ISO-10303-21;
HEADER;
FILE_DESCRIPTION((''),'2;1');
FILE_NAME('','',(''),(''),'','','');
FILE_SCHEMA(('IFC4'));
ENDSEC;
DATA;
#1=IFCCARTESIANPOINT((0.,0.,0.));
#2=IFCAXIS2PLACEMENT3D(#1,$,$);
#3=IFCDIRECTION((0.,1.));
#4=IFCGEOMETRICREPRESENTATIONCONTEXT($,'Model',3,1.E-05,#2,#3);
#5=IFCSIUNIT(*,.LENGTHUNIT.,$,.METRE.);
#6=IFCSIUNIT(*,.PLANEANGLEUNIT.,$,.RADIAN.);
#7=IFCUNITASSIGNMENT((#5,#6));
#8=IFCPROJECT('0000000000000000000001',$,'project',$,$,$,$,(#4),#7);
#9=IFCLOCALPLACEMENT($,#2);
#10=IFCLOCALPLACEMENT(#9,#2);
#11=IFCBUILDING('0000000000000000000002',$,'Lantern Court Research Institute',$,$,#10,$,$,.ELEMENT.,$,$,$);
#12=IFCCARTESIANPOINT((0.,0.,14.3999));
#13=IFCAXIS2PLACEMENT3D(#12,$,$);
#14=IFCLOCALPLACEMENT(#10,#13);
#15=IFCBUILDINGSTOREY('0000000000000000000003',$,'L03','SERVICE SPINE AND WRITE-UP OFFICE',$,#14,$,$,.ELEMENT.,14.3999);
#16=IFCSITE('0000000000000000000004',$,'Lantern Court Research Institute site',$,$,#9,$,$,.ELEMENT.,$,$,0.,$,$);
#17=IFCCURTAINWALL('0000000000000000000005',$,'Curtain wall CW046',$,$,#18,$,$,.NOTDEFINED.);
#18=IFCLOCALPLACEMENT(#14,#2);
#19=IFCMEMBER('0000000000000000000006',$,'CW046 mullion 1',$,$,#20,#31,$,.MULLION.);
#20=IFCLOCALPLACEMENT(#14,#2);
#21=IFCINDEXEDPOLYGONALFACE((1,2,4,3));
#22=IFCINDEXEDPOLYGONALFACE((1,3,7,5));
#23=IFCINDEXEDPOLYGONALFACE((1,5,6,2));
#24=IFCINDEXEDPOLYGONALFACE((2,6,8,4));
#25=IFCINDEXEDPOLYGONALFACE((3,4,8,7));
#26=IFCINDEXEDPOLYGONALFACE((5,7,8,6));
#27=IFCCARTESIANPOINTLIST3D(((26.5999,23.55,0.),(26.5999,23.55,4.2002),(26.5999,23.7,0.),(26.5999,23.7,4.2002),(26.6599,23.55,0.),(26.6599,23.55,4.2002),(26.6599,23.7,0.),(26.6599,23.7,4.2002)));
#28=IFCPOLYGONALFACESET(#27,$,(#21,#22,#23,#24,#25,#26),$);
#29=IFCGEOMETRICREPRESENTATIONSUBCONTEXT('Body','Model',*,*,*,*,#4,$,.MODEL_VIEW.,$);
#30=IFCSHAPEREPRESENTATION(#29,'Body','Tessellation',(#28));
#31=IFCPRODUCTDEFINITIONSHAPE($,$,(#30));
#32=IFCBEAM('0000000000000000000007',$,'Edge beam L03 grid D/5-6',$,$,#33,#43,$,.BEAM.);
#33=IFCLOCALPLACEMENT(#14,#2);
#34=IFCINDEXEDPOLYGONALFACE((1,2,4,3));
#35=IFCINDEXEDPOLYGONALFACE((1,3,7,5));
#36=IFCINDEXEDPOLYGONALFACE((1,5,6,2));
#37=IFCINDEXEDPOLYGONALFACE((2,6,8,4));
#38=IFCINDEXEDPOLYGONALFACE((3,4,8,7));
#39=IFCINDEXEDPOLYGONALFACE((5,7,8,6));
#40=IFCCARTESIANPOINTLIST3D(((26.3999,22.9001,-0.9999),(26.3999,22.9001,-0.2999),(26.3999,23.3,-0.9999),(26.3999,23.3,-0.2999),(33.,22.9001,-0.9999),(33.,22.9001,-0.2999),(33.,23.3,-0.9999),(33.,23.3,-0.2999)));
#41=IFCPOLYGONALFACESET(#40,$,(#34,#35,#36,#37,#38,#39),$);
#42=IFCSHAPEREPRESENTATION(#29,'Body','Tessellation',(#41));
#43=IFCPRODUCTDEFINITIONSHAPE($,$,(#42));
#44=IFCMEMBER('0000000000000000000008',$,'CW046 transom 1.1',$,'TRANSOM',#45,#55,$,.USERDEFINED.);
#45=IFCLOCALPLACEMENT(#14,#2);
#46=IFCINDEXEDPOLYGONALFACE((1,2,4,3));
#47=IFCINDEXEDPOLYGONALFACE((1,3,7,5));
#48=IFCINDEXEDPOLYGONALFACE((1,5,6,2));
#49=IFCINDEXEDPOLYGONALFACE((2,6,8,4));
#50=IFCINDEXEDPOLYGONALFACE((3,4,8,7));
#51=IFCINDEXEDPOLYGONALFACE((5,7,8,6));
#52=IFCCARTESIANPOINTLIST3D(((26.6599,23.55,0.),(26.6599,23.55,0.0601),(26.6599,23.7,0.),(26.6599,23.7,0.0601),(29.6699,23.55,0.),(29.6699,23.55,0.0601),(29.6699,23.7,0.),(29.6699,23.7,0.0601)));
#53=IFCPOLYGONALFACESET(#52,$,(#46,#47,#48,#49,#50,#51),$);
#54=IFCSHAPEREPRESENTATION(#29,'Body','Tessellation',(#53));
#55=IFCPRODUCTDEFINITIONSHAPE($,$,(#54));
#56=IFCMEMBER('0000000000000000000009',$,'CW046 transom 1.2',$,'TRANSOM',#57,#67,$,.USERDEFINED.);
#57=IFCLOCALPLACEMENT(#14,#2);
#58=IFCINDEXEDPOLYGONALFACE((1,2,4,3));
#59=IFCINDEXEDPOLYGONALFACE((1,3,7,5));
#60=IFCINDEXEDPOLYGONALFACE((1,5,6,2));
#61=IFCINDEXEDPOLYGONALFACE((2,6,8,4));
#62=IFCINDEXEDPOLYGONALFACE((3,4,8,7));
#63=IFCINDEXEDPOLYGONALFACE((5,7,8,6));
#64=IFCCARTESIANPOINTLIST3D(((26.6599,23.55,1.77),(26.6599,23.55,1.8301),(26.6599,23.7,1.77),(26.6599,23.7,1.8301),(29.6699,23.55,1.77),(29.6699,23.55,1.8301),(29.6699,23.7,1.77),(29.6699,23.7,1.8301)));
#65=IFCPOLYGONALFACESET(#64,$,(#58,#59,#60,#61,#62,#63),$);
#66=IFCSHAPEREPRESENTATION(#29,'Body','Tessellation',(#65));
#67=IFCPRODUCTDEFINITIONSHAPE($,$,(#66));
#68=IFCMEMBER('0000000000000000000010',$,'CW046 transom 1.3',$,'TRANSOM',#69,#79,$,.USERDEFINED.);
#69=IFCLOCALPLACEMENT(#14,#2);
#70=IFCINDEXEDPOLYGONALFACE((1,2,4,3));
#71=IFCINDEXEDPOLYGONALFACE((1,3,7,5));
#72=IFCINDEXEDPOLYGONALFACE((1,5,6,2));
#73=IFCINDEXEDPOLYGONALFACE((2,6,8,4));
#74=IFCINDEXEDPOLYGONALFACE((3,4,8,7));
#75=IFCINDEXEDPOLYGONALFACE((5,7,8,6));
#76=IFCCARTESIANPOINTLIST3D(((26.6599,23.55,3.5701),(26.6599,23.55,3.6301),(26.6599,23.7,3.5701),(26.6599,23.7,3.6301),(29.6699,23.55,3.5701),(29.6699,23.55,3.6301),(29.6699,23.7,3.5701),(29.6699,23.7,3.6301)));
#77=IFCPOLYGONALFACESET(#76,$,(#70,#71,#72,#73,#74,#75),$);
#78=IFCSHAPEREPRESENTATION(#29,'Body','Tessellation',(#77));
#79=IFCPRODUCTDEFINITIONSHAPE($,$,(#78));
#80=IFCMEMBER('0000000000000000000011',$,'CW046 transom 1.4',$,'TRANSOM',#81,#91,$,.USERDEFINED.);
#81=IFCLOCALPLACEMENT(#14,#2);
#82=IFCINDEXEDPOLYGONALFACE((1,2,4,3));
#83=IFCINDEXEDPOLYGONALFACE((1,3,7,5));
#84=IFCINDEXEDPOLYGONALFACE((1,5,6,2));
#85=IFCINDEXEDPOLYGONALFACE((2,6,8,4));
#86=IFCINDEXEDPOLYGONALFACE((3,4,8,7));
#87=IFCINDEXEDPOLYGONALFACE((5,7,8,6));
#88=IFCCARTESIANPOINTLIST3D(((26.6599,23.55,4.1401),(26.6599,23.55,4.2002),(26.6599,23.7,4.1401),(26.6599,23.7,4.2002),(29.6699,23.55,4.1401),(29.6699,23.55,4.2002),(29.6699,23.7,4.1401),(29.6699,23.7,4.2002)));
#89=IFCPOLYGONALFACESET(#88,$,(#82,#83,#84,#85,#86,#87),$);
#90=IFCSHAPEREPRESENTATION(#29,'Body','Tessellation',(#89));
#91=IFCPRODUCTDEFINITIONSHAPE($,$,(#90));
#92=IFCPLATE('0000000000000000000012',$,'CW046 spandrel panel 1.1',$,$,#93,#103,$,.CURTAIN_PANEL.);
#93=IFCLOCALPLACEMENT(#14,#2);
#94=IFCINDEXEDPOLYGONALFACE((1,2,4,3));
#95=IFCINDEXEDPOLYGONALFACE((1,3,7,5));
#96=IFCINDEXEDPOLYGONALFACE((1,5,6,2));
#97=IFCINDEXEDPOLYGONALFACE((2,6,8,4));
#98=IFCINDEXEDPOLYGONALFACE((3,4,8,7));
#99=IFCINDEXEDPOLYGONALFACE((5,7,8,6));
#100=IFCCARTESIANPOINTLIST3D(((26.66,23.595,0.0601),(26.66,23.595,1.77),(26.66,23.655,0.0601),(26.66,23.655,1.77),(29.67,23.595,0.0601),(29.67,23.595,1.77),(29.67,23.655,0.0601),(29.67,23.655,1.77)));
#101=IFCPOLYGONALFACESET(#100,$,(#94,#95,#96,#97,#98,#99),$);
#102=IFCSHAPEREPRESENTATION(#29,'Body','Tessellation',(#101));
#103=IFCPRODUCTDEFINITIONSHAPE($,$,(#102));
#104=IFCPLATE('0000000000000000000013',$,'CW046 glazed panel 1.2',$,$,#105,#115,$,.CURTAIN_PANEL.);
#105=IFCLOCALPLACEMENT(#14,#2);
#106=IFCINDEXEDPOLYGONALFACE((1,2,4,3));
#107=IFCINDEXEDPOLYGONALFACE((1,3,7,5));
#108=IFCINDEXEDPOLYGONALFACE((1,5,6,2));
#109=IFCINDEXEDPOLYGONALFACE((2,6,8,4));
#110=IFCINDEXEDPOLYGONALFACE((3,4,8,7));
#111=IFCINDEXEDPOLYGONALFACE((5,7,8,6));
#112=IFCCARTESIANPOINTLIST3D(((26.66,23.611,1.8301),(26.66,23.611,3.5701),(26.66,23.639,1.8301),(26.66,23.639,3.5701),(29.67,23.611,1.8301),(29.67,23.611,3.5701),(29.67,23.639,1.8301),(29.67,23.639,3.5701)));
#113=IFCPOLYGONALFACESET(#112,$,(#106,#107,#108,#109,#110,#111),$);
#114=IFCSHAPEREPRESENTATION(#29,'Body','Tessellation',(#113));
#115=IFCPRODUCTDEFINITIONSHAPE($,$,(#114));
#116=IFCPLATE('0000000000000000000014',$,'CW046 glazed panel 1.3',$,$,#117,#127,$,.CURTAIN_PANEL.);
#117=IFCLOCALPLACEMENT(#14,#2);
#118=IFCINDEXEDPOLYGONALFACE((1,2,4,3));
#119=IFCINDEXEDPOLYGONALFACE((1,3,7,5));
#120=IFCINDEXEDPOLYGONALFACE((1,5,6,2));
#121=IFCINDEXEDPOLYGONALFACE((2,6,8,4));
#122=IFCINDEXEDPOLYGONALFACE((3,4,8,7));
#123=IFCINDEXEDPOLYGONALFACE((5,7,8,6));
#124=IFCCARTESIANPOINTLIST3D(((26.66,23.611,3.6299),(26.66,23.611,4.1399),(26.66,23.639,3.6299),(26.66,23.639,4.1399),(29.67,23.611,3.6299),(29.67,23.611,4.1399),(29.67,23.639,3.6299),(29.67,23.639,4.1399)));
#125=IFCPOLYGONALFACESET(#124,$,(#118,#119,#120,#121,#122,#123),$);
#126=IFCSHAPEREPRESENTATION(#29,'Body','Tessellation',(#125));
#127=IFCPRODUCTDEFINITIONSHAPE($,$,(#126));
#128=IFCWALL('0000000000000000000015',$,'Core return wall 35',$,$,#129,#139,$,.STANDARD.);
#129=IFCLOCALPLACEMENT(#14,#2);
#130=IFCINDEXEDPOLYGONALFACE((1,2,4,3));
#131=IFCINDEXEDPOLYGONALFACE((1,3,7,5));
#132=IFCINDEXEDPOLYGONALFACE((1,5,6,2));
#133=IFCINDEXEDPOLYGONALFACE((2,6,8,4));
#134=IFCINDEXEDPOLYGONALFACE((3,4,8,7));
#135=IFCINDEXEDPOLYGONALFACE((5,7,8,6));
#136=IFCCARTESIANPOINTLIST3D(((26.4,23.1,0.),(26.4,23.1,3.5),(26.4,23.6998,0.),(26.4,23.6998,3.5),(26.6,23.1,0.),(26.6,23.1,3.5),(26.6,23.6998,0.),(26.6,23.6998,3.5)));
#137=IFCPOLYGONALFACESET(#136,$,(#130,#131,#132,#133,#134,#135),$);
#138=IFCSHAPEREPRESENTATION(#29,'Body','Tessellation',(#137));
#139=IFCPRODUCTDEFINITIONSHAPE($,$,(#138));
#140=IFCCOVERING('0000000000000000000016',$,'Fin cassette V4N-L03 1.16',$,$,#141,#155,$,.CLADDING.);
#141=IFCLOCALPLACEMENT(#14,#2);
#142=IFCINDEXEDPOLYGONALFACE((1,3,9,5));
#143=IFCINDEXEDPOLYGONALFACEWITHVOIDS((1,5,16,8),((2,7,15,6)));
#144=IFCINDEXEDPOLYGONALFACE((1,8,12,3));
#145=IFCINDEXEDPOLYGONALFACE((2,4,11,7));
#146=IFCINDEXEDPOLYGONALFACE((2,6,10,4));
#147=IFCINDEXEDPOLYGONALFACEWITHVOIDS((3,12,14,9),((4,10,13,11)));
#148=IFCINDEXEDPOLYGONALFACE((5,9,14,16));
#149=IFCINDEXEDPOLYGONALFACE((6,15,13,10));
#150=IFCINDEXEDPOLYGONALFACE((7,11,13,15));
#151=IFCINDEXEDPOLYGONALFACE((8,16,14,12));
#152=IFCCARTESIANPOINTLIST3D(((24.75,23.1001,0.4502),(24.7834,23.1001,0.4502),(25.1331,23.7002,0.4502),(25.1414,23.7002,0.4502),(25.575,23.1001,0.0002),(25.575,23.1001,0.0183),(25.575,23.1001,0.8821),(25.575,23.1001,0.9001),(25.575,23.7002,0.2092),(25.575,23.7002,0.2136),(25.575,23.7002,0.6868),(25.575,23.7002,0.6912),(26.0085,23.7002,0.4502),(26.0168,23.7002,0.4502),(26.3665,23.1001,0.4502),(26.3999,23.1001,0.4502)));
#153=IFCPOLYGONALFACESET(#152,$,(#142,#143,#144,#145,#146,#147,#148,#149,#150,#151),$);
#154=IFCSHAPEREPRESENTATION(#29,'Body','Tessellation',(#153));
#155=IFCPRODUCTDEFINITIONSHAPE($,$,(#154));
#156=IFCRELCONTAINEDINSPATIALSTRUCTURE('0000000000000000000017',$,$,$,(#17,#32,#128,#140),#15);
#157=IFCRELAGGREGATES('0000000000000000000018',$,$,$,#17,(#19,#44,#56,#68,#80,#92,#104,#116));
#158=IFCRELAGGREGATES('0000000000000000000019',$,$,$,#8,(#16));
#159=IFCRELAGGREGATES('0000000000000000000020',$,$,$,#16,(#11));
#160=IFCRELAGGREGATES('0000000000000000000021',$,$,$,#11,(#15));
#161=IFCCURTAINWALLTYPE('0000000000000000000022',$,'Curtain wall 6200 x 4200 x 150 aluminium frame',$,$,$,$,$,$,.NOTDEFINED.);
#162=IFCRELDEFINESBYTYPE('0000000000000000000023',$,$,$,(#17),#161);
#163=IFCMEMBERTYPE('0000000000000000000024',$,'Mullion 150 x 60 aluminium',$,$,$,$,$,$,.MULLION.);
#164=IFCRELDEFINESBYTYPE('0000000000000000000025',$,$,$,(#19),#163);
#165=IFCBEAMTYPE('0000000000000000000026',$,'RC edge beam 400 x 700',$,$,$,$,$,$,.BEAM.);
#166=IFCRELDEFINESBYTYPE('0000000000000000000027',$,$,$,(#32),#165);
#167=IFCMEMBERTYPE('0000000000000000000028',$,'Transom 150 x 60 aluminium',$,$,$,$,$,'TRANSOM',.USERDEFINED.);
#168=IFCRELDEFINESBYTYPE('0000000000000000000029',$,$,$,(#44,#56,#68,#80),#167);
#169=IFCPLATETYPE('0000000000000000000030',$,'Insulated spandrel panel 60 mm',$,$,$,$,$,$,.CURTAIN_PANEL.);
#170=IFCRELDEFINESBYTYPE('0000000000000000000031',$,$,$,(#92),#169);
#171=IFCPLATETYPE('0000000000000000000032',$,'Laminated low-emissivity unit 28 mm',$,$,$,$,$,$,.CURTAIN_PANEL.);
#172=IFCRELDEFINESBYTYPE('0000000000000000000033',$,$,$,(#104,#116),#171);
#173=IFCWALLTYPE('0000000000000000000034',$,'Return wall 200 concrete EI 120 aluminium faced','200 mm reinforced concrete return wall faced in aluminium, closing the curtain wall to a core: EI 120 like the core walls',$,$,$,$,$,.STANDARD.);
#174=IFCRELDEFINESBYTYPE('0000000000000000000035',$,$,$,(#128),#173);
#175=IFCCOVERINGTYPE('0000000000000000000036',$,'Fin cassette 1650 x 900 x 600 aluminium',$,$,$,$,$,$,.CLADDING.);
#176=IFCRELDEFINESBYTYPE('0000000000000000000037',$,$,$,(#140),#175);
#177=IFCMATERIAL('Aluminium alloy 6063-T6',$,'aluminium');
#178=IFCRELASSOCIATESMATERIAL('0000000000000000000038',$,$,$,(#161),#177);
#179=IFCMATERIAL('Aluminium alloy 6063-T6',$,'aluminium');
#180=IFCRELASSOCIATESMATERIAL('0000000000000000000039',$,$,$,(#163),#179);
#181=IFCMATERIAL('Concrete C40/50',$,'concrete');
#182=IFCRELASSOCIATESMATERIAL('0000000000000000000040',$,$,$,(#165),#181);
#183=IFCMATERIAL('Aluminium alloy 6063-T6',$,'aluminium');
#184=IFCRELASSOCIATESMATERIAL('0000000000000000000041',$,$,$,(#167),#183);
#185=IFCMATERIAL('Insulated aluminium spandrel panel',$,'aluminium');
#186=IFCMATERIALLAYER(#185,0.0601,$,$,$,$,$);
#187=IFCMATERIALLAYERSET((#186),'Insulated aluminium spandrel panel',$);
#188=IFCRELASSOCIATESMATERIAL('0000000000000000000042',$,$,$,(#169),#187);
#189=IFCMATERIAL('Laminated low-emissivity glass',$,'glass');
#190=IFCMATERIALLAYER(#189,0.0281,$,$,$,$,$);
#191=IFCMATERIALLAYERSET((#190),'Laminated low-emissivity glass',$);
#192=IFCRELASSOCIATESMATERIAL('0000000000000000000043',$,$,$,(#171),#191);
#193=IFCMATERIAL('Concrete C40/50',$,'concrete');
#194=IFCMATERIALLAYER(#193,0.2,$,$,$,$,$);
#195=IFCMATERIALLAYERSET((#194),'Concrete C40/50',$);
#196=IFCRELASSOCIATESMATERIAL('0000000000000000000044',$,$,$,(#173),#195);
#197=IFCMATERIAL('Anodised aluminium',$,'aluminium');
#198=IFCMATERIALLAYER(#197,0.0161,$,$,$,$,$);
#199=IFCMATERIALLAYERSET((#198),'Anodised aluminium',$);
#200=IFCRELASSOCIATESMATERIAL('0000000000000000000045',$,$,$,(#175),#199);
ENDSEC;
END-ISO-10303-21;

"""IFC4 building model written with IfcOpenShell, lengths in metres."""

from ifc_helpers import new_model, entity, si_unit, direction, frame, frame_2d, origin, origin_2d, place, context, subcontext, project, spatial, rectangle, extrude, material, layer, layer_set, material_profile, profile_set, type_object, element, aggregate, save


model = new_model("IFC4")

# Units and contexts
model_context = context("Model", 3, precision=1e-05, world=origin(), true_north=direction((0.0, 1.0)))
body_context = subcontext(model_context, "Body", "Model", "MODEL_VIEW")
ifc_project = project(units=[si_unit("LENGTHUNIT", "METRE"), si_unit("PLANEANGLEUNIT", "RADIAN")], contexts=[model_context])

# Site, building, storey
site_placement = place(None, origin())
site = spatial("IfcSite", under=ifc_project, at=site_placement, Name="Lantern Court Research Institute site", CompositionType="ELEMENT", RefElevation=0.0)
building_placement = place(site_placement, origin())
building = spatial("IfcBuilding", under=site, at=building_placement, Name="Lantern Court Research Institute", CompositionType="ELEMENT")
storey_placement = place(building_placement, frame((0.0, 0.0, 14.3999)))
storey = spatial("IfcBuildingStorey", under=building, at=storey_placement, Name="L03", Description="SERVICE SPINE AND WRITE-UP OFFICE", CompositionType="ELEMENT", Elevation=14.3999)

# Curtain wall, member
ifc_material_1 = material(Name="Aluminium alloy 6063-T6", Category="aluminium")
curtain_wall_type = type_object("IfcCurtainWallType", Name="Curtain wall 6200 x 4200 x 150 aluminium frame", PredefinedType="NOTDEFINED", material=ifc_material_1)
curtain_wall_placement = place(storey_placement, origin())
curtain_wall = element("IfcCurtainWall", 1, at=curtain_wall_placement, inside=storey, type_object=curtain_wall_type, Name="Curtain wall CW046", PredefinedType="NOTDEFINED")
ifc_material_2 = material(Name="Aluminium alloy 6063-T6", Category="aluminium")
ifc_material_profile_1 = material_profile(ifc_material_2, rectangle(XDim=0.1499, YDim=0.0601, at=origin_2d()), Name="Mullion 150 x 60")
ifc_profile_set_1 = profile_set([ifc_material_profile_1], Name="Aluminium alloy 6063-T6")
member_type_1 = type_object("IfcMemberType", Name="Mullion 150 x 60 aluminium", PredefinedType="MULLION", material=ifc_profile_set_1)
member_1_placement = place(storey_placement, frame((26.6299, 23.625, 0.0), z_axis=(0.0, 0.0, 1.0), x_axis=(0.0, 1.0, 0.0)))
member_1 = element("IfcMember", 2, at=member_1_placement, type_object=member_type_1, Name="CW046 mullion 1", PredefinedType="MULLION", context=body_context, shape_type="SweptSolid", body=[
    extrude(rectangle(XDim=0.1499, YDim=0.0601, at=origin_2d()), origin(), (0.0, 0.0, 1.0), 4.2002),
])

# Beam
ifc_material_3 = material(Name="Concrete C40/50", Category="concrete")
ifc_material_profile_2 = material_profile(ifc_material_3, rectangle(XDim=0.3999, YDim=0.7, at=origin_2d()), Name="RC beam 400 x 700")
ifc_profile_set_2 = profile_set([ifc_material_profile_2], Name="Concrete C40/50")
beam_type = type_object("IfcBeamType", Name="RC edge beam 400 x 700", PredefinedType="BEAM", material=ifc_profile_set_2)
beam_placement = place(storey_placement, frame((26.3999, 23.1001, -0.6499), z_axis=(1.0, 0.0, 0.0), x_axis=(0.0, 1.0, 0.0)))
element("IfcBeam", 3, at=beam_placement, inside=storey, type_object=beam_type, Name="Edge beam L03 grid D/5-6", PredefinedType="BEAM", context=body_context, shape_type="SweptSolid", body=[
    extrude(rectangle(XDim=0.3999, YDim=0.7, at=origin_2d()), origin(), (0.0, 0.0, 1.0), 6.6001),
])

# Members
ifc_material_4 = material(Name="Aluminium alloy 6063-T6", Category="aluminium")
ifc_material_profile_3 = material_profile(ifc_material_4, rectangle(XDim=0.1499, YDim=0.0601, at=origin_2d()), Name="Transom 150 x 60")
ifc_profile_set_3 = profile_set([ifc_material_profile_3], Name="Aluminium alloy 6063-T6")
member_type_2 = type_object("IfcMemberType", Name="Transom 150 x 60 aluminium", ElementType="TRANSOM", PredefinedType="USERDEFINED", material=ifc_profile_set_3)
member_2_placement = place(storey_placement, frame((26.6599, 23.625, 0.03), z_axis=(1.0, 0.0, 0.0), x_axis=(0.0, 1.0, 0.0)))
member_2 = element("IfcMember", 4, at=member_2_placement, type_object=member_type_2, Name="CW046 transom 1.1", ObjectType="TRANSOM", PredefinedType="USERDEFINED", context=body_context, shape_type="SweptSolid", body=[
    extrude(rectangle(XDim=0.1499, YDim=0.0601, at=origin_2d()), origin(), (0.0, 0.0, 1.0), 3.01),
])
member_3_placement = place(storey_placement, frame((26.6599, 23.625, 1.8), z_axis=(1.0, 0.0, 0.0), x_axis=(0.0, 1.0, 0.0)))
member_3 = element("IfcMember", 5, at=member_3_placement, type_object=member_type_2, Name="CW046 transom 1.2", ObjectType="TRANSOM", PredefinedType="USERDEFINED", context=body_context, shape_type="SweptSolid", body=[
    extrude(rectangle(XDim=0.1499, YDim=0.0601, at=origin_2d()), origin(), (0.0, 0.0, 1.0), 3.01),
])
member_4_placement = place(storey_placement, frame((26.6599, 23.625, 3.6001), z_axis=(1.0, 0.0, 0.0), x_axis=(0.0, 1.0, 0.0)))
member_4 = element("IfcMember", 6, at=member_4_placement, type_object=member_type_2, Name="CW046 transom 1.3", ObjectType="TRANSOM", PredefinedType="USERDEFINED", context=body_context, shape_type="SweptSolid", body=[
    extrude(rectangle(XDim=0.1499, YDim=0.0601, at=origin_2d()), origin(), (0.0, 0.0, 1.0), 3.01),
])
member_5_placement = place(storey_placement, frame((26.6599, 23.625, 4.1702), z_axis=(1.0, 0.0, 0.0), x_axis=(0.0, 1.0, 0.0)))
member_5 = element("IfcMember", 7, at=member_5_placement, type_object=member_type_2, Name="CW046 transom 1.4", ObjectType="TRANSOM", PredefinedType="USERDEFINED", context=body_context, shape_type="SweptSolid", body=[
    extrude(rectangle(XDim=0.1499, YDim=0.0601, at=origin_2d()), origin(), (0.0, 0.0, 1.0), 3.01),
])

# Plates
ifc_material_5 = material(Name="Insulated aluminium spandrel panel", Category="aluminium")
ifc_layer_1 = layer(ifc_material_5, 0.0601)
ifc_layer_set_1 = layer_set([ifc_layer_1], Name="Insulated aluminium spandrel panel")
plate_type_1 = type_object("IfcPlateType", Name="Insulated spandrel panel 60 mm", PredefinedType="CURTAIN_PANEL", material=ifc_layer_set_1)
plate_1_placement = place(storey_placement, frame((28.165, 23.625, 0.0601), z_axis=(0.0, 0.0, 1.0), x_axis=(1.0, 0.0, 0.0)))
plate_1 = element("IfcPlate", 8, at=plate_1_placement, type_object=plate_type_1, Name="CW046 spandrel panel 1.1", PredefinedType="CURTAIN_PANEL", context=body_context, shape_type="SweptSolid", body=[
    extrude(rectangle(XDim=3.01, YDim=0.0601, at=origin_2d()), origin(), (0.0, 0.0, 1.0), 1.71),
])
ifc_material_6 = material(Name="Laminated low-emissivity glass", Category="glass")
ifc_layer_2 = layer(ifc_material_6, 0.0281)
ifc_layer_set_2 = layer_set([ifc_layer_2], Name="Laminated low-emissivity glass")
plate_type_2 = type_object("IfcPlateType", Name="Laminated low-emissivity unit 28 mm", PredefinedType="CURTAIN_PANEL", material=ifc_layer_set_2)
plate_2_placement = place(storey_placement, frame((28.165, 23.625, 1.8301), z_axis=(0.0, 0.0, 1.0), x_axis=(1.0, 0.0, 0.0)))
plate_2 = element("IfcPlate", 9, at=plate_2_placement, type_object=plate_type_2, Name="CW046 glazed panel 1.2", PredefinedType="CURTAIN_PANEL", context=body_context, shape_type="SweptSolid", body=[
    extrude(rectangle(XDim=3.01, YDim=0.0281, at=origin_2d()), origin(), (0.0, 0.0, 1.0), 1.74),
])
plate_3_placement = place(storey_placement, frame((28.165, 23.625, 3.6299), z_axis=(0.0, 0.0, 1.0), x_axis=(1.0, 0.0, 0.0)))
plate_3 = element("IfcPlate", 10, at=plate_3_placement, type_object=plate_type_2, Name="CW046 glazed panel 1.3", PredefinedType="CURTAIN_PANEL", context=body_context, shape_type="SweptSolid", body=[
    extrude(rectangle(XDim=3.01, YDim=0.0281, at=origin_2d()), origin(), (0.0, 0.0, 1.0), 0.51),
])
aggregate(curtain_wall, [member_1, member_2, member_3, member_4, member_5, plate_1, plate_2, plate_3])

# Wall
ifc_material_7 = material(Name="Concrete C40/50", Category="concrete")
ifc_layer_3 = layer(ifc_material_7, 0.2)
ifc_layer_set_3 = layer_set([ifc_layer_3], Name="Concrete C40/50")
wall_type = type_object("IfcWallType", Name="Return wall 200 concrete EI 120 aluminium faced", Description="200 mm reinforced concrete return wall faced in aluminium, closing the curtain wall to a core: EI 120 like the core walls", PredefinedType="STANDARD", material=ifc_layer_set_3)
wall_placement = place(storey_placement, frame((26.5, 23.1001, 0.0), z_axis=(0.0, 0.0, 1.0), x_axis=(0.0, 1.0, 0.0)))
element("IfcWall", 11, at=wall_placement, inside=storey, type_object=wall_type, Name="Core return wall 35", PredefinedType="STANDARD", context=body_context, shape_type="SweptSolid", body=[
    extrude(rectangle(XDim=0.5999, YDim=0.2, at=frame_2d((0.2998, 0.0))), origin(), (0.0, 0.0, 1.0), 3.5),
])

# Covering
ifc_material_8 = material(Name="Anodised aluminium", Category="aluminium")
ifc_layer_4 = layer(ifc_material_8, 0.0161)
ifc_layer_set_4 = layer_set([ifc_layer_4], Name="Anodised aluminium")
covering_type = type_object("IfcCoveringType", Name="Fin cassette 1650 x 900 x 600 aluminium", PredefinedType="CLADDING", material=ifc_layer_set_4)
covering_1_placement = place(storey_placement, frame((25.575, 23.1001, 0.4502), z_axis=(0.0, 1.0, 0.0), x_axis=(-1.0, 0.0, 0.0)))
cartesian_point_1 = entity("IfcCartesianPoint", [0.825, 0.0])
cartesian_point_2 = entity("IfcCartesianPoint", [0.7915, 0.0])
cartesian_point_3 = entity("IfcCartesianPoint", [0.4419, 0.0])
cartesian_point_4 = entity("IfcCartesianPoint", [0.4336, 0.0])
element("IfcCovering", 12, at=covering_1_placement, inside=storey, type_object=covering_type, Name="Fin cassette V4N-L03 1.16", PredefinedType="CLADDING", context=body_context, shape_type="SweptSolid", body=[
    entity("IfcExtrudedAreaSolidTapered", entity("IfcArbitraryProfileDefWithVoids", "AREA", None, entity("IfcPolyline", [cartesian_point_1, entity("IfcCartesianPoint", [0.0, 0.45]), entity("IfcCartesianPoint", [-0.825, 0.0]), entity("IfcCartesianPoint", [0.0, -0.45]), cartesian_point_1]), [entity("IfcPolyline", [cartesian_point_2, entity("IfcCartesianPoint", [0.0, 0.4319]), entity("IfcCartesianPoint", [-0.7915, 0.0]), entity("IfcCartesianPoint", [0.0, -0.4319]), cartesian_point_2])]), entity("IfcAxis2Placement3D", entity("IfcCartesianPoint", [0.0, 0.0, 0.0])), entity("IfcDirection", [0.0, 0.0, 1.0]), 0.6001, entity("IfcArbitraryProfileDefWithVoids", "AREA", None, entity("IfcPolyline", [cartesian_point_3, entity("IfcCartesianPoint", [0.0, 0.241]), entity("IfcCartesianPoint", [-0.4419, 0.0]), entity("IfcCartesianPoint", [0.0, -0.241]), cartesian_point_3]), [entity("IfcPolyline", [cartesian_point_4, entity("IfcCartesianPoint", [0.0, 0.2366]), entity("IfcCartesianPoint", [-0.4336, 0.0]), entity("IfcCartesianPoint", [0.0, -0.2366]), cartesian_point_4])])),
])

save(model, "model.ifc")
